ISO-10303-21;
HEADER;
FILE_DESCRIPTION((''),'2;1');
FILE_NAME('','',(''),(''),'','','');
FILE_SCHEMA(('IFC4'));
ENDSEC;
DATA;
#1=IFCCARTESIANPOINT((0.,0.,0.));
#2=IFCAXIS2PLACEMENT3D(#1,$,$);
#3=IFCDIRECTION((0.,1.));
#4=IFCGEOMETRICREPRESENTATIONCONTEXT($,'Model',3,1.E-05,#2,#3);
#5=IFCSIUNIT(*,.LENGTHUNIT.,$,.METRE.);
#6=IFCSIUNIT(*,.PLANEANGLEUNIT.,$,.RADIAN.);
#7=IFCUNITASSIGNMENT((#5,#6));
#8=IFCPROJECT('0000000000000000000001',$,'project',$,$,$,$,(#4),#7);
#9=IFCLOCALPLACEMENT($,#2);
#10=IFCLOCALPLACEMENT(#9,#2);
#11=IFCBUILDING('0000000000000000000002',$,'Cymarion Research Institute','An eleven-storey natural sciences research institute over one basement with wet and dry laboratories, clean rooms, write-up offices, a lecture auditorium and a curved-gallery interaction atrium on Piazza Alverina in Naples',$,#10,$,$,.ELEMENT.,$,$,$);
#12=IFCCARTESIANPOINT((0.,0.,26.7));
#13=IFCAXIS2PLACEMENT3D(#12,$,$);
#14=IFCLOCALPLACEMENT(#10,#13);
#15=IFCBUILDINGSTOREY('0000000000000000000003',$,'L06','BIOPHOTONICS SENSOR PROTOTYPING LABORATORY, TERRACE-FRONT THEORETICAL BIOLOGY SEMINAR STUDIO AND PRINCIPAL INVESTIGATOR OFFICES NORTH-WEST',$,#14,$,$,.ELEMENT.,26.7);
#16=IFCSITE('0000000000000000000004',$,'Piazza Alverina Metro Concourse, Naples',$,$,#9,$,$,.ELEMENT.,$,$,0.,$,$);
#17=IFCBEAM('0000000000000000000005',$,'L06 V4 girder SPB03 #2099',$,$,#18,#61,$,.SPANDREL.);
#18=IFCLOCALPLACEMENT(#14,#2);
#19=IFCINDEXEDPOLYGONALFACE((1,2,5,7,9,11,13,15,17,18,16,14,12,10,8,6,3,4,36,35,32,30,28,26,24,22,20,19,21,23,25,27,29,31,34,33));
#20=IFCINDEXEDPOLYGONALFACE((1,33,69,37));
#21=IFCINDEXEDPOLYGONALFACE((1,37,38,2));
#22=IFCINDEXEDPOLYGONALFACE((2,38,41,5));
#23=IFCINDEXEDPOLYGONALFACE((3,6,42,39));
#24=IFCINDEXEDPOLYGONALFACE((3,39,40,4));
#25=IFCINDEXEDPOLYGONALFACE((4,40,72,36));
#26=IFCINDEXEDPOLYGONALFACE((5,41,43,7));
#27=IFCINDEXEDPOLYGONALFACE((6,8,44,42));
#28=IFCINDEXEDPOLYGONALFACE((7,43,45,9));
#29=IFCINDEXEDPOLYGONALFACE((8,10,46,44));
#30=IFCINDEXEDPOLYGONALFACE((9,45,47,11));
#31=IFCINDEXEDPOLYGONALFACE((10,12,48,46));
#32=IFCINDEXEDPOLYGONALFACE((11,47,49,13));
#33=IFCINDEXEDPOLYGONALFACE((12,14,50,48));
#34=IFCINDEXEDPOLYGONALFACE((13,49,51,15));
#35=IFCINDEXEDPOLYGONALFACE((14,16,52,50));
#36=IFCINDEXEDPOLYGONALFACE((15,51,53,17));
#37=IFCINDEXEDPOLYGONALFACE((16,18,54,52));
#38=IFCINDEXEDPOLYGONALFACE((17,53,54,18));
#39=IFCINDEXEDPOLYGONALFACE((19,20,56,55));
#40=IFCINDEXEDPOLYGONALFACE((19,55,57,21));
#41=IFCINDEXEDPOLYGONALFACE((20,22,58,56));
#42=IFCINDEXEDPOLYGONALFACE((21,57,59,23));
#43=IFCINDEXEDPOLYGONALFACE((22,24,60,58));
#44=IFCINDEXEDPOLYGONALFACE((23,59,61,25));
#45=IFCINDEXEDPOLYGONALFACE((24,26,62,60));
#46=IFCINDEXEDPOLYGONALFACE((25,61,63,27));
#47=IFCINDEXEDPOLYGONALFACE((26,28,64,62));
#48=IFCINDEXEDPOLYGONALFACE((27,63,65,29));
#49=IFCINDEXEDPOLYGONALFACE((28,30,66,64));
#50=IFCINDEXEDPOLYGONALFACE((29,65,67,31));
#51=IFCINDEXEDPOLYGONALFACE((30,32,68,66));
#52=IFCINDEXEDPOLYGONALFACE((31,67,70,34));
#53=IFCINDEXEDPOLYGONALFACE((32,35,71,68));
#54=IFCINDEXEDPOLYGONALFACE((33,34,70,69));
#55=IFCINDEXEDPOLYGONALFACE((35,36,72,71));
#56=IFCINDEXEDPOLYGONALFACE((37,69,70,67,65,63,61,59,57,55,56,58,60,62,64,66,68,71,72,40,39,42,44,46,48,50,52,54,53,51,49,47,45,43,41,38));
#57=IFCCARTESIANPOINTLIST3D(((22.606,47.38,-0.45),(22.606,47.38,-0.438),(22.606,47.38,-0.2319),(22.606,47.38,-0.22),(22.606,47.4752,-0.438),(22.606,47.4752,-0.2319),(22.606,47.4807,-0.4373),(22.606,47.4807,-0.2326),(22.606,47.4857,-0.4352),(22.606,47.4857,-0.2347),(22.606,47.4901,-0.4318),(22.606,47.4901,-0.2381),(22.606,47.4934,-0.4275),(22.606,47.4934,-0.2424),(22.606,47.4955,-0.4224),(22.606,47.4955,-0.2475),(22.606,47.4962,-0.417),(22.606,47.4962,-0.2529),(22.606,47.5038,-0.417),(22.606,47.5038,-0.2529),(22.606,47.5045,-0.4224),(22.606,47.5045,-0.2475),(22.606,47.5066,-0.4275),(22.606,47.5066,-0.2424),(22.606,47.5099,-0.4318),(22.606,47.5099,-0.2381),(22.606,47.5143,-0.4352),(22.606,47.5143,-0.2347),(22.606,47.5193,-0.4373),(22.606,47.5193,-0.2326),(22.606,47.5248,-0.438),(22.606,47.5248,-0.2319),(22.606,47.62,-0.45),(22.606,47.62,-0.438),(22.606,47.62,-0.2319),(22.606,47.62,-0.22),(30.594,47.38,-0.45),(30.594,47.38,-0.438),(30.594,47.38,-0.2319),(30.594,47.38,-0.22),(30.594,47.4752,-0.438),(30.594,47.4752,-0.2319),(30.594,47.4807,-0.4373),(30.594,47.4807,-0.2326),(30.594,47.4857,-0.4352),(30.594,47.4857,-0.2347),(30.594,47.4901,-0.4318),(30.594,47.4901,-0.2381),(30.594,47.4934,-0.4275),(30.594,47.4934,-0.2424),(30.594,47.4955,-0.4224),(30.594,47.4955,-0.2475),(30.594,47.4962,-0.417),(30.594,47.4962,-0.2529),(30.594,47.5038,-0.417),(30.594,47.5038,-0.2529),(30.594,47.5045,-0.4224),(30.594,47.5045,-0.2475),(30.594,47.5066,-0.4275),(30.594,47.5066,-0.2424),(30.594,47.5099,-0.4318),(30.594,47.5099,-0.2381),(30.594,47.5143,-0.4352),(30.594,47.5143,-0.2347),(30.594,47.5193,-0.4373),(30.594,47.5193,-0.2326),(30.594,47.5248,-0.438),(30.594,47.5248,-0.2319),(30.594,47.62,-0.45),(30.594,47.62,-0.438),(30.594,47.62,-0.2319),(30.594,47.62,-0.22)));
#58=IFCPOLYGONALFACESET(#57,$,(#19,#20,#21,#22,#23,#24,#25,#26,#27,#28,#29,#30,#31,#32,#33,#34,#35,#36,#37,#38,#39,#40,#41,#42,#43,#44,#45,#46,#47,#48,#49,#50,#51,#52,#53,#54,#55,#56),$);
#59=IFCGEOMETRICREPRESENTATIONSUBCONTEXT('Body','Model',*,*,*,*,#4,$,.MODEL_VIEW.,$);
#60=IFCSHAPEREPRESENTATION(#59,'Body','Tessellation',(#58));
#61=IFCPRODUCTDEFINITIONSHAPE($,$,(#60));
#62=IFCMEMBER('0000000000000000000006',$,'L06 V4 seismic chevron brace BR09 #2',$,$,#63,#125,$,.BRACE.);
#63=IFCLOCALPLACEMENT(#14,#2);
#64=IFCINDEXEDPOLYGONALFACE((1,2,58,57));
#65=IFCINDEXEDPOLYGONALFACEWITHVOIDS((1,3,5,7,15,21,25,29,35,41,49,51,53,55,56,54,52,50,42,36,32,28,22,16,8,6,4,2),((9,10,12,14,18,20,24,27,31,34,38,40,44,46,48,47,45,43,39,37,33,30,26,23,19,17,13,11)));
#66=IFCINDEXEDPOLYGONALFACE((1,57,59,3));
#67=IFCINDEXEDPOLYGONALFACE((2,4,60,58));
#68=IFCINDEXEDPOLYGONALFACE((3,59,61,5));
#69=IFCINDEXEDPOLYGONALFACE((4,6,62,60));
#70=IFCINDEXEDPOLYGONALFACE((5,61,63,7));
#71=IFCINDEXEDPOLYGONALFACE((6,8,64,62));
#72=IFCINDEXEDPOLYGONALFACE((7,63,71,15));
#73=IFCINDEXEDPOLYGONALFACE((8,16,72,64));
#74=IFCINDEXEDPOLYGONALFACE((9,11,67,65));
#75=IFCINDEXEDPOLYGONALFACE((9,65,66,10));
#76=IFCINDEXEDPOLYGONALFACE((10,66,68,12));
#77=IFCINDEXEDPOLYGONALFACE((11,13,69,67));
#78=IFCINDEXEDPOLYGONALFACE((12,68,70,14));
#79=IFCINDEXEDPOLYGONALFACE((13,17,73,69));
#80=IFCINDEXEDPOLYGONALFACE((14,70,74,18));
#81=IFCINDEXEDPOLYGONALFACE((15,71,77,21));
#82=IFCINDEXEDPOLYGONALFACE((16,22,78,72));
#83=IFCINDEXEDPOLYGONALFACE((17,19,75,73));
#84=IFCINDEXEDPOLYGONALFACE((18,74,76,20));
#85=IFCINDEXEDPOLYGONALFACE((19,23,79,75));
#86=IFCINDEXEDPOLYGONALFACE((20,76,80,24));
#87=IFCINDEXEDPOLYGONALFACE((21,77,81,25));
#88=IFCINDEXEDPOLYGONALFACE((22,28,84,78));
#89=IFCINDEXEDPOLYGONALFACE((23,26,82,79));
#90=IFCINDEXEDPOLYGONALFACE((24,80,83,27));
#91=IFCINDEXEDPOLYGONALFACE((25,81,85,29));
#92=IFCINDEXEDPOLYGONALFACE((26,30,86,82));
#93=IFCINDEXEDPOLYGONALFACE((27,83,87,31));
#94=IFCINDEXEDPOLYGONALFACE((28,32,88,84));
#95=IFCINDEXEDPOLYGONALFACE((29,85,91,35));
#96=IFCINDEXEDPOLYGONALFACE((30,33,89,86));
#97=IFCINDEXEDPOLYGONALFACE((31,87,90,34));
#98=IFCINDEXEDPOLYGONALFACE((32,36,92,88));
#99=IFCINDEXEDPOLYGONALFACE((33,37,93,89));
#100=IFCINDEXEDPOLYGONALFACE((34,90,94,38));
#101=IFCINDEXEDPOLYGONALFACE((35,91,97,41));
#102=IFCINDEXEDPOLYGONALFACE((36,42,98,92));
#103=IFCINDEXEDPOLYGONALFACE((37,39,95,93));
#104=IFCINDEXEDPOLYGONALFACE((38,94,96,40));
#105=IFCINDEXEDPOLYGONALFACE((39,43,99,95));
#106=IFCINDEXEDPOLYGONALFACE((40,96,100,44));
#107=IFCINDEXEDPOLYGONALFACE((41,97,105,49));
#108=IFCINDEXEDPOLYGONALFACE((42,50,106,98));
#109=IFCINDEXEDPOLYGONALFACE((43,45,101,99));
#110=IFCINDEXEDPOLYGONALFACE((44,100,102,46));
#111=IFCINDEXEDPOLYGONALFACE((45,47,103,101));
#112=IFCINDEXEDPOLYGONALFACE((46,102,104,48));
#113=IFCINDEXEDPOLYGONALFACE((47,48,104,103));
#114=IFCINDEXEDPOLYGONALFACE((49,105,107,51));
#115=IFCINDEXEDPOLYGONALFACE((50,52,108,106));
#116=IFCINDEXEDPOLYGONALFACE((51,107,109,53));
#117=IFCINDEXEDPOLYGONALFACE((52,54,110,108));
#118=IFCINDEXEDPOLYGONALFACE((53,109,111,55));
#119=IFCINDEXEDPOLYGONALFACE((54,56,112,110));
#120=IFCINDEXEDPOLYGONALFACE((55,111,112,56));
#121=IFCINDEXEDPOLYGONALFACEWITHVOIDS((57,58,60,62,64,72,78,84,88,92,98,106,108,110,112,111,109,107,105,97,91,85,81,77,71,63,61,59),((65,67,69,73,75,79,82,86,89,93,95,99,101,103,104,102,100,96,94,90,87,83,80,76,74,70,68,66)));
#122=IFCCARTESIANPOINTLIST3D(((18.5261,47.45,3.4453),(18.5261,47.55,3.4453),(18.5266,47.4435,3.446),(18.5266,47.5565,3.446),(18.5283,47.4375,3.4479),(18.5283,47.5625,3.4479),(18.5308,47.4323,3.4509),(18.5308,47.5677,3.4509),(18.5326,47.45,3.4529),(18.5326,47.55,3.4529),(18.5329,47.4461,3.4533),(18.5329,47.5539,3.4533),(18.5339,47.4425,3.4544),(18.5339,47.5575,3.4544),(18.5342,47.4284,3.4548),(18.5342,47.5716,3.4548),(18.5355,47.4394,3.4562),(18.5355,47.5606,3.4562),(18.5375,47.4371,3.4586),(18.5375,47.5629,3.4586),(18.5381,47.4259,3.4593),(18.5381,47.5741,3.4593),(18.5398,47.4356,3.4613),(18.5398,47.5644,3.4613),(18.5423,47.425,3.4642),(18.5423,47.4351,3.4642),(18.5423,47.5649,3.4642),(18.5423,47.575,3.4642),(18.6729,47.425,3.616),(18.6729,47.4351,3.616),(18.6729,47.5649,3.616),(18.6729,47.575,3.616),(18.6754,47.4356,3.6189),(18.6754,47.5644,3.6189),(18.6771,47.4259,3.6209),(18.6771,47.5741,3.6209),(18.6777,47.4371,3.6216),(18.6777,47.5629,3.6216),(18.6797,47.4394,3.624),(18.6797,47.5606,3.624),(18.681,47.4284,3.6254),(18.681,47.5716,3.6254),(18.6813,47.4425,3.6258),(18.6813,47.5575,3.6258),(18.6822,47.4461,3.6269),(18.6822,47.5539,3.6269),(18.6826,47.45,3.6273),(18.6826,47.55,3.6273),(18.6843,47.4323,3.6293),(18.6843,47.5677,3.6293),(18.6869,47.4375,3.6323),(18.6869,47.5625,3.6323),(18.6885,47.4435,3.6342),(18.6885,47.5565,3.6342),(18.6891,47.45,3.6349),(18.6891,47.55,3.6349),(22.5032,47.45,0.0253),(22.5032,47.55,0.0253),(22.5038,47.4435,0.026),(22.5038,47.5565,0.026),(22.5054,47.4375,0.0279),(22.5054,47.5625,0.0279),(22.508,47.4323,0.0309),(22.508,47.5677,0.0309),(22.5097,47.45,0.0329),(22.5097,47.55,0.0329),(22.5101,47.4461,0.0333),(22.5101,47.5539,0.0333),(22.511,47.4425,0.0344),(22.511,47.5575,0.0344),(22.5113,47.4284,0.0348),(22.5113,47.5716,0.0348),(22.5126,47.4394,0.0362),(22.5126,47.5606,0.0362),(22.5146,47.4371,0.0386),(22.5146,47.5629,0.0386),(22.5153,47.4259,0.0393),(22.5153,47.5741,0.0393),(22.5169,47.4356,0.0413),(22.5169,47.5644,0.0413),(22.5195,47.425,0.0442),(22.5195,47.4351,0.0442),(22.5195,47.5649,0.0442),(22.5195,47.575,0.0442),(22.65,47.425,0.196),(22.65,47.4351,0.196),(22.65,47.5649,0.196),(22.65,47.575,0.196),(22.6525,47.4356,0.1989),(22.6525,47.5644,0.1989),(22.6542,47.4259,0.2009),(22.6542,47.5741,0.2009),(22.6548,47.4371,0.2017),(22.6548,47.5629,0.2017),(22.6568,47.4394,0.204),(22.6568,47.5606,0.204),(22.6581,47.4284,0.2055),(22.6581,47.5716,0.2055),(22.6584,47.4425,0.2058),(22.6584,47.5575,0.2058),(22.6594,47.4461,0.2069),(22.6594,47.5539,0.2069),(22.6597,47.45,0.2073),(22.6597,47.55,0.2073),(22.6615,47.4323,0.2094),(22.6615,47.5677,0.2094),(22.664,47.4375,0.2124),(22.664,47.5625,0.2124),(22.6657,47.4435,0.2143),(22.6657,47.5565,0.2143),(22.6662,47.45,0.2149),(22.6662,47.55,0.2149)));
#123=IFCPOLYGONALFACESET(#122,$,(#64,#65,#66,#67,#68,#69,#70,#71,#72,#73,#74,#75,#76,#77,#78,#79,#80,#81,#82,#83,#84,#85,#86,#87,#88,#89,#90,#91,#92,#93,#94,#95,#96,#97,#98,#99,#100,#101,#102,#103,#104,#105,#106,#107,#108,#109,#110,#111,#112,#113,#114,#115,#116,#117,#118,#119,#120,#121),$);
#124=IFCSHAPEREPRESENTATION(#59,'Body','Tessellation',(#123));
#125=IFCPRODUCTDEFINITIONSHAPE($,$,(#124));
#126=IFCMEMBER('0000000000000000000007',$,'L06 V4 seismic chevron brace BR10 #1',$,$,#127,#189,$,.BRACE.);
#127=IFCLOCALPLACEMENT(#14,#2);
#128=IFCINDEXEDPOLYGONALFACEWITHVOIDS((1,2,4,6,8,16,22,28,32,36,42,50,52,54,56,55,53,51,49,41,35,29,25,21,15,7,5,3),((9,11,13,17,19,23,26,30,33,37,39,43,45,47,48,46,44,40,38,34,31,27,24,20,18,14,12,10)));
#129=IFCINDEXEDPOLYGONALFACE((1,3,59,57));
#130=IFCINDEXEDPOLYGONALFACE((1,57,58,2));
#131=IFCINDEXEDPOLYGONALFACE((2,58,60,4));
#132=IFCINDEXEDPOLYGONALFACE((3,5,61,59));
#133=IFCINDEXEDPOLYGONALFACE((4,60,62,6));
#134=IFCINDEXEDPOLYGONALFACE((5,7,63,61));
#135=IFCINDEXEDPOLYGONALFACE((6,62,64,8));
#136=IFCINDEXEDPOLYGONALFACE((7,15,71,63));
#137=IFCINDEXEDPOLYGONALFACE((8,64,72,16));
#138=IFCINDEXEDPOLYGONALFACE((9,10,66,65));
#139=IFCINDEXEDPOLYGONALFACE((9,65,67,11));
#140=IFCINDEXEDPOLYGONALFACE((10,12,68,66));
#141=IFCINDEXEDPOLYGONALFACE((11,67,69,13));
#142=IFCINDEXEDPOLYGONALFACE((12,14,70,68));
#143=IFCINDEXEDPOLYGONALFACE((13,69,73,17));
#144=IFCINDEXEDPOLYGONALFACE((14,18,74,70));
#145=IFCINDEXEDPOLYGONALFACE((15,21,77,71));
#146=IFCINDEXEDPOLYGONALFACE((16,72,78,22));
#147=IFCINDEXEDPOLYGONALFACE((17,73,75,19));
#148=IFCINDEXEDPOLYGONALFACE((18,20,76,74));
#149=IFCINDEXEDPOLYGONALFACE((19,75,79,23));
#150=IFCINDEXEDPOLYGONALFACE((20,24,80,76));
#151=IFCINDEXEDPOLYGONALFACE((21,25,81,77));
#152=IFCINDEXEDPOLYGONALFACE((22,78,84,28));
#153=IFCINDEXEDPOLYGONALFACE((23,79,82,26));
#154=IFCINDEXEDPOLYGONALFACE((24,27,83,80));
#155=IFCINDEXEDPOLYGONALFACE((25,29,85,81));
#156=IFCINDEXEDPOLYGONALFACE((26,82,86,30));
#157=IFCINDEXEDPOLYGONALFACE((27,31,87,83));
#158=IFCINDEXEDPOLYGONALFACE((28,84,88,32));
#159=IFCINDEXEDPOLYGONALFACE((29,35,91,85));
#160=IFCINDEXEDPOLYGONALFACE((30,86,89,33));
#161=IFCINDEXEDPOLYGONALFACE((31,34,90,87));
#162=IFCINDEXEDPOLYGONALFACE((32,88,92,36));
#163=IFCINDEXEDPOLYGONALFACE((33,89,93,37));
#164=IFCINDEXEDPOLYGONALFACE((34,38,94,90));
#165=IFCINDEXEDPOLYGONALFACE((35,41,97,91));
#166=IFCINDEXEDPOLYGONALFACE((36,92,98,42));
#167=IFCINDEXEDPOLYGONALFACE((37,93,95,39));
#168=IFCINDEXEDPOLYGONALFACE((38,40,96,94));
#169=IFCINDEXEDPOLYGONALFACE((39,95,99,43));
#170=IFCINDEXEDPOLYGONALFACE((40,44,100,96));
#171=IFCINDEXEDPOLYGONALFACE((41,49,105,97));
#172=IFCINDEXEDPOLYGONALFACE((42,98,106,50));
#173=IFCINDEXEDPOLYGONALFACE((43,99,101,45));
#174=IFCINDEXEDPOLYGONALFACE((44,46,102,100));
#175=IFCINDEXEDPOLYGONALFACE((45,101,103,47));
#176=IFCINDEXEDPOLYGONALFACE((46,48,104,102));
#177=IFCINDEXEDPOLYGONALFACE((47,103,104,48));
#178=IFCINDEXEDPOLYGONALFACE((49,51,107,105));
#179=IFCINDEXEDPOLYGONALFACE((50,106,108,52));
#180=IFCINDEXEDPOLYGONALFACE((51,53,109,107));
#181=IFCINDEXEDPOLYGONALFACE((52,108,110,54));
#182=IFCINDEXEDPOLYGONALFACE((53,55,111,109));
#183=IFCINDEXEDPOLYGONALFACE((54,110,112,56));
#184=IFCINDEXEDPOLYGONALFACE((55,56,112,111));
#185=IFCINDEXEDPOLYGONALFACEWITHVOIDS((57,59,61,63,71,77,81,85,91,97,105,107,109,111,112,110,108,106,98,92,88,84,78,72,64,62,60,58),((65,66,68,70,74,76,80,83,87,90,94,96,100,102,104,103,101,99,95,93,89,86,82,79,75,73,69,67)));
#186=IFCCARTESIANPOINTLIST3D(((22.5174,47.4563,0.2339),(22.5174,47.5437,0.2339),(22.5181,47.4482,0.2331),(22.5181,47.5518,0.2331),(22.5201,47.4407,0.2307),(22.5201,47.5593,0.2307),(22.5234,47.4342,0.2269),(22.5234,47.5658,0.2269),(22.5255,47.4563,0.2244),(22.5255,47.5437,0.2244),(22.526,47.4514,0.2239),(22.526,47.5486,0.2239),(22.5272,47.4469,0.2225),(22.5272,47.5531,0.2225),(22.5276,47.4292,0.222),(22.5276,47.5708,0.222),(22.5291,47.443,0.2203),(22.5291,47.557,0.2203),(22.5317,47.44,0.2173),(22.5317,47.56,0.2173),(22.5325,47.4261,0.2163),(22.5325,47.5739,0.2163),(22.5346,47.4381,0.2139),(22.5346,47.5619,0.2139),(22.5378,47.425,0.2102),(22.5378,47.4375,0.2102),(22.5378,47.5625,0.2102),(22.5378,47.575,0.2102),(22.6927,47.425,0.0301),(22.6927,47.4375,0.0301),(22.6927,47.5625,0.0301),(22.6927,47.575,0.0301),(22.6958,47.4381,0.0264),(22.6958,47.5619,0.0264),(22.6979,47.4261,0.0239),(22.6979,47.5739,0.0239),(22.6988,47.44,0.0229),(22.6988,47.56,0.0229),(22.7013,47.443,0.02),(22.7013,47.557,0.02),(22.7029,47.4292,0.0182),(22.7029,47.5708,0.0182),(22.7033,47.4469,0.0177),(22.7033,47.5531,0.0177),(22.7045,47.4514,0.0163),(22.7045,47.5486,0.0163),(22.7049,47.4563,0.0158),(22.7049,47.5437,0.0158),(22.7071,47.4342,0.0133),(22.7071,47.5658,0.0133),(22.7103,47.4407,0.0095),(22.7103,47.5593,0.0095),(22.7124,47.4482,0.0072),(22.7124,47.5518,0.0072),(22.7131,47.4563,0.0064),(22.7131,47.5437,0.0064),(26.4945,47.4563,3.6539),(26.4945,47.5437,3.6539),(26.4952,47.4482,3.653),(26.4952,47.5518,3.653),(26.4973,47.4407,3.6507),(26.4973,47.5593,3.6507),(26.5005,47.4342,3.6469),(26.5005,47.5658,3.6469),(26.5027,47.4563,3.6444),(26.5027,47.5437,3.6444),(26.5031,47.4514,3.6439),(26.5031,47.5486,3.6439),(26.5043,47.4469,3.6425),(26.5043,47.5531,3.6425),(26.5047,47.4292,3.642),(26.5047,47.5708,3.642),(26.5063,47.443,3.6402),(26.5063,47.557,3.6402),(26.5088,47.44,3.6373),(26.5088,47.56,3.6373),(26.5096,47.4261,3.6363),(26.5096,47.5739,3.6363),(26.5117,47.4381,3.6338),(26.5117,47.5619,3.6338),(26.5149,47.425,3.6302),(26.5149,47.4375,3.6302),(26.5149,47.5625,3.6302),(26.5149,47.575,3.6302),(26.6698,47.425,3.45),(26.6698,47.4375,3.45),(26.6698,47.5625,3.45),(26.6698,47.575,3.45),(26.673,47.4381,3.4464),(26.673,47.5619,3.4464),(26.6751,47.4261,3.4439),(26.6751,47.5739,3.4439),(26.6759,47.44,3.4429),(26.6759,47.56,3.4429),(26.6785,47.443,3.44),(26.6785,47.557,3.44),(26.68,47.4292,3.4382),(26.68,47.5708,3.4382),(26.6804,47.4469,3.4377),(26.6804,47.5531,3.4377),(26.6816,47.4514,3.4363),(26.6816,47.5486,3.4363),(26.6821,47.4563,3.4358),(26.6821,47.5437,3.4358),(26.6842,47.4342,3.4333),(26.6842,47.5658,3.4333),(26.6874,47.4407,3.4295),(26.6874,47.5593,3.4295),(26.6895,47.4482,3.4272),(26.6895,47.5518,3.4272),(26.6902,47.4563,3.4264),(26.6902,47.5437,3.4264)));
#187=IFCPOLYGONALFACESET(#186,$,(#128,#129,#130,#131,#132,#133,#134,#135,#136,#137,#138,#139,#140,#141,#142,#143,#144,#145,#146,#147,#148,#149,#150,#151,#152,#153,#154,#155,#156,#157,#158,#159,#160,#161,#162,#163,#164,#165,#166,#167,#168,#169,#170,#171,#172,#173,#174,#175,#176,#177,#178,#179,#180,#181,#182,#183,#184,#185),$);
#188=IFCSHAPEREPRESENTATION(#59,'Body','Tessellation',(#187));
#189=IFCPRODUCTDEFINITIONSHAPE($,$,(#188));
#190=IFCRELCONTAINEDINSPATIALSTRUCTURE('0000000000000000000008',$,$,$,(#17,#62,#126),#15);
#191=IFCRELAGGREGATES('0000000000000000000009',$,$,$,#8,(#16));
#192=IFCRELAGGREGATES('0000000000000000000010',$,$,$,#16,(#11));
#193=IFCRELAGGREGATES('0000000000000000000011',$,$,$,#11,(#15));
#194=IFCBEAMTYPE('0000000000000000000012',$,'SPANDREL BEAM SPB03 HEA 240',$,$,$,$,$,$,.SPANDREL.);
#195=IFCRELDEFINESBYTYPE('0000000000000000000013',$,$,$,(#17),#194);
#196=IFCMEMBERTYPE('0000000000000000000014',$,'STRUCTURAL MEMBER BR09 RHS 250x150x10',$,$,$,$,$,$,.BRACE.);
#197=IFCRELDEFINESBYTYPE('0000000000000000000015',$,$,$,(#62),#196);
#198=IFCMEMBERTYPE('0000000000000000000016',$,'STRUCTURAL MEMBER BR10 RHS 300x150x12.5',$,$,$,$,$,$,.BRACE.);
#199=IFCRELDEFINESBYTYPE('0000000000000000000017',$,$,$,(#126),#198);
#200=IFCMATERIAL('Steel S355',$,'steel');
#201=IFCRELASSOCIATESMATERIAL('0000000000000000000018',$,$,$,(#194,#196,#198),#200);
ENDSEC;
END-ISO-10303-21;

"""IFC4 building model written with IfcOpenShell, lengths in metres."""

from ifc_helpers import new_model, si_unit, direction, frame, origin, origin_2d, place, context, subcontext, project, spatial, hollow_rectangle, i_section, extrude, material, material_profile, profile_set, type_object, element, save


model = new_model("IFC4")

# Units and contexts
model_context = context("Model", 3, precision=1e-05, world=origin(), true_north=direction((0.0, 1.0)))
body_context = subcontext(model_context, "Body", "Model", "MODEL_VIEW")
ifc_project = project(units=[si_unit("LENGTHUNIT", "METRE"), si_unit("PLANEANGLEUNIT", "RADIAN")], contexts=[model_context])

# Site, building, storey
site_placement = place(None, origin())
site = spatial("IfcSite", under=ifc_project, at=site_placement, Name="Piazza Alverina Metro Concourse, Naples", CompositionType="ELEMENT", RefElevation=0.0)
building_placement = place(site_placement, origin())
building = spatial("IfcBuilding", under=site, at=building_placement, Name="Cymarion Research Institute", Description="An eleven-storey natural sciences research institute over one basement with wet and dry laboratories, clean rooms, write-up offices, a lecture auditorium and a curved-gallery interaction atrium on Piazza Alverina in Naples", CompositionType="ELEMENT")
storey_placement = place(building_placement, frame((0.0, 0.0, 26.7)))
storey = spatial("IfcBuildingStorey", under=building, at=storey_placement, Name="L06", Description="BIOPHOTONICS SENSOR PROTOTYPING LABORATORY, TERRACE-FRONT THEORETICAL BIOLOGY SEMINAR STUDIO AND PRINCIPAL INVESTIGATOR OFFICES NORTH-WEST", CompositionType="ELEMENT", Elevation=26.7)

# Shared definitions
ifc_material_1 = material(Name="Steel S355", Category="steel")

# Beam
ifc_material_profile_1 = material_profile(ifc_material_1, i_section(OverallWidth=0.24, OverallDepth=0.23, WebThickness=0.0076, FlangeThickness=0.012, FilletRadius=0.021, at=origin_2d()), Name="HEA 240")
ifc_profile_set_1 = profile_set([ifc_material_profile_1], Name="Steel S355")
beam_type_1 = type_object("IfcBeamType", Name="SPANDREL BEAM SPB03 HEA 240", PredefinedType="SPANDREL", material=ifc_profile_set_1)
beam_1_placement = place(storey_placement, frame((22.606, 47.5, -0.335), z_axis=(1.0, 0.0, 0.0), x_axis=(0.0, 1.0, 0.0)))
element("IfcBeam", 1, at=beam_1_placement, inside=storey, type_object=beam_type_1, Name="L06 V4 girder SPB03 #2099", PredefinedType="SPANDREL", context=body_context, shape_type="SweptSolid", body=[
    extrude(i_section(OverallWidth=0.24, OverallDepth=0.23, WebThickness=0.0076, FlangeThickness=0.012, FilletRadius=0.021, at=origin_2d()), origin(), (0.0, 0.0, 1.0), 7.988),
])

# Members
ifc_material_profile_2 = material_profile(ifc_material_1, hollow_rectangle(XDim=0.1499, YDim=0.25, WallThickness=0.01, InnerFilletRadius=0.0149, OuterFilletRadius=0.0249, at=origin_2d()), Name="RHS 250x150x10")
ifc_profile_set_2 = profile_set([ifc_material_profile_2], Name="Steel S355")
member_type_1 = type_object("IfcMemberType", Name="STRUCTURAL MEMBER BR09 RHS 250x150x10", PredefinedType="BRACE", material=ifc_profile_set_2)
member_1_placement = place(storey_placement, frame((22.5847, 47.5, 0.1201), z_axis=(-0.758217, 0.0, 0.652002), x_axis=(0.0, -1.0, 0.0)))
element("IfcMember", 2, at=member_1_placement, inside=storey, type_object=member_type_1, Name="L06 V4 seismic chevron brace BR09 #2", PredefinedType="BRACE", context=body_context, shape_type="SweptSolid", body=[
    extrude(hollow_rectangle(XDim=0.1499, YDim=0.25, WallThickness=0.01, InnerFilletRadius=0.0149, OuterFilletRadius=0.0249, at=origin_2d()), origin(), (0.0, 0.0, 1.0), 5.2454),
])
ifc_material_profile_3 = material_profile(ifc_material_1, hollow_rectangle(XDim=0.1499, YDim=0.3, WallThickness=0.0125, InnerFilletRadius=0.0188, OuterFilletRadius=0.0312, at=origin_2d()), Name="RHS 300x150x12.5")
ifc_profile_set_3 = profile_set([ifc_material_profile_3], Name="Steel S355")
member_type_2 = type_object("IfcMemberType", Name="STRUCTURAL MEMBER BR10 RHS 300x150x12.5", PredefinedType="BRACE", material=ifc_profile_set_3)
member_2_placement = place(storey_placement, frame((22.6152, 47.5, 0.1201), z_axis=(0.758217, 0.0, 0.652002), x_axis=(0.0, 1.0, 0.0)))
element("IfcMember", 3, at=member_2_placement, inside=storey, type_object=member_type_2, Name="L06 V4 seismic chevron brace BR10 #1", PredefinedType="BRACE", context=body_context, shape_type="SweptSolid", body=[
    extrude(hollow_rectangle(XDim=0.1499, YDim=0.3, WallThickness=0.0125, InnerFilletRadius=0.0188, OuterFilletRadius=0.0312, at=origin_2d()), origin(), (0.0, 0.0, 1.0), 5.2454),
])

save(model, "model.ifc")
